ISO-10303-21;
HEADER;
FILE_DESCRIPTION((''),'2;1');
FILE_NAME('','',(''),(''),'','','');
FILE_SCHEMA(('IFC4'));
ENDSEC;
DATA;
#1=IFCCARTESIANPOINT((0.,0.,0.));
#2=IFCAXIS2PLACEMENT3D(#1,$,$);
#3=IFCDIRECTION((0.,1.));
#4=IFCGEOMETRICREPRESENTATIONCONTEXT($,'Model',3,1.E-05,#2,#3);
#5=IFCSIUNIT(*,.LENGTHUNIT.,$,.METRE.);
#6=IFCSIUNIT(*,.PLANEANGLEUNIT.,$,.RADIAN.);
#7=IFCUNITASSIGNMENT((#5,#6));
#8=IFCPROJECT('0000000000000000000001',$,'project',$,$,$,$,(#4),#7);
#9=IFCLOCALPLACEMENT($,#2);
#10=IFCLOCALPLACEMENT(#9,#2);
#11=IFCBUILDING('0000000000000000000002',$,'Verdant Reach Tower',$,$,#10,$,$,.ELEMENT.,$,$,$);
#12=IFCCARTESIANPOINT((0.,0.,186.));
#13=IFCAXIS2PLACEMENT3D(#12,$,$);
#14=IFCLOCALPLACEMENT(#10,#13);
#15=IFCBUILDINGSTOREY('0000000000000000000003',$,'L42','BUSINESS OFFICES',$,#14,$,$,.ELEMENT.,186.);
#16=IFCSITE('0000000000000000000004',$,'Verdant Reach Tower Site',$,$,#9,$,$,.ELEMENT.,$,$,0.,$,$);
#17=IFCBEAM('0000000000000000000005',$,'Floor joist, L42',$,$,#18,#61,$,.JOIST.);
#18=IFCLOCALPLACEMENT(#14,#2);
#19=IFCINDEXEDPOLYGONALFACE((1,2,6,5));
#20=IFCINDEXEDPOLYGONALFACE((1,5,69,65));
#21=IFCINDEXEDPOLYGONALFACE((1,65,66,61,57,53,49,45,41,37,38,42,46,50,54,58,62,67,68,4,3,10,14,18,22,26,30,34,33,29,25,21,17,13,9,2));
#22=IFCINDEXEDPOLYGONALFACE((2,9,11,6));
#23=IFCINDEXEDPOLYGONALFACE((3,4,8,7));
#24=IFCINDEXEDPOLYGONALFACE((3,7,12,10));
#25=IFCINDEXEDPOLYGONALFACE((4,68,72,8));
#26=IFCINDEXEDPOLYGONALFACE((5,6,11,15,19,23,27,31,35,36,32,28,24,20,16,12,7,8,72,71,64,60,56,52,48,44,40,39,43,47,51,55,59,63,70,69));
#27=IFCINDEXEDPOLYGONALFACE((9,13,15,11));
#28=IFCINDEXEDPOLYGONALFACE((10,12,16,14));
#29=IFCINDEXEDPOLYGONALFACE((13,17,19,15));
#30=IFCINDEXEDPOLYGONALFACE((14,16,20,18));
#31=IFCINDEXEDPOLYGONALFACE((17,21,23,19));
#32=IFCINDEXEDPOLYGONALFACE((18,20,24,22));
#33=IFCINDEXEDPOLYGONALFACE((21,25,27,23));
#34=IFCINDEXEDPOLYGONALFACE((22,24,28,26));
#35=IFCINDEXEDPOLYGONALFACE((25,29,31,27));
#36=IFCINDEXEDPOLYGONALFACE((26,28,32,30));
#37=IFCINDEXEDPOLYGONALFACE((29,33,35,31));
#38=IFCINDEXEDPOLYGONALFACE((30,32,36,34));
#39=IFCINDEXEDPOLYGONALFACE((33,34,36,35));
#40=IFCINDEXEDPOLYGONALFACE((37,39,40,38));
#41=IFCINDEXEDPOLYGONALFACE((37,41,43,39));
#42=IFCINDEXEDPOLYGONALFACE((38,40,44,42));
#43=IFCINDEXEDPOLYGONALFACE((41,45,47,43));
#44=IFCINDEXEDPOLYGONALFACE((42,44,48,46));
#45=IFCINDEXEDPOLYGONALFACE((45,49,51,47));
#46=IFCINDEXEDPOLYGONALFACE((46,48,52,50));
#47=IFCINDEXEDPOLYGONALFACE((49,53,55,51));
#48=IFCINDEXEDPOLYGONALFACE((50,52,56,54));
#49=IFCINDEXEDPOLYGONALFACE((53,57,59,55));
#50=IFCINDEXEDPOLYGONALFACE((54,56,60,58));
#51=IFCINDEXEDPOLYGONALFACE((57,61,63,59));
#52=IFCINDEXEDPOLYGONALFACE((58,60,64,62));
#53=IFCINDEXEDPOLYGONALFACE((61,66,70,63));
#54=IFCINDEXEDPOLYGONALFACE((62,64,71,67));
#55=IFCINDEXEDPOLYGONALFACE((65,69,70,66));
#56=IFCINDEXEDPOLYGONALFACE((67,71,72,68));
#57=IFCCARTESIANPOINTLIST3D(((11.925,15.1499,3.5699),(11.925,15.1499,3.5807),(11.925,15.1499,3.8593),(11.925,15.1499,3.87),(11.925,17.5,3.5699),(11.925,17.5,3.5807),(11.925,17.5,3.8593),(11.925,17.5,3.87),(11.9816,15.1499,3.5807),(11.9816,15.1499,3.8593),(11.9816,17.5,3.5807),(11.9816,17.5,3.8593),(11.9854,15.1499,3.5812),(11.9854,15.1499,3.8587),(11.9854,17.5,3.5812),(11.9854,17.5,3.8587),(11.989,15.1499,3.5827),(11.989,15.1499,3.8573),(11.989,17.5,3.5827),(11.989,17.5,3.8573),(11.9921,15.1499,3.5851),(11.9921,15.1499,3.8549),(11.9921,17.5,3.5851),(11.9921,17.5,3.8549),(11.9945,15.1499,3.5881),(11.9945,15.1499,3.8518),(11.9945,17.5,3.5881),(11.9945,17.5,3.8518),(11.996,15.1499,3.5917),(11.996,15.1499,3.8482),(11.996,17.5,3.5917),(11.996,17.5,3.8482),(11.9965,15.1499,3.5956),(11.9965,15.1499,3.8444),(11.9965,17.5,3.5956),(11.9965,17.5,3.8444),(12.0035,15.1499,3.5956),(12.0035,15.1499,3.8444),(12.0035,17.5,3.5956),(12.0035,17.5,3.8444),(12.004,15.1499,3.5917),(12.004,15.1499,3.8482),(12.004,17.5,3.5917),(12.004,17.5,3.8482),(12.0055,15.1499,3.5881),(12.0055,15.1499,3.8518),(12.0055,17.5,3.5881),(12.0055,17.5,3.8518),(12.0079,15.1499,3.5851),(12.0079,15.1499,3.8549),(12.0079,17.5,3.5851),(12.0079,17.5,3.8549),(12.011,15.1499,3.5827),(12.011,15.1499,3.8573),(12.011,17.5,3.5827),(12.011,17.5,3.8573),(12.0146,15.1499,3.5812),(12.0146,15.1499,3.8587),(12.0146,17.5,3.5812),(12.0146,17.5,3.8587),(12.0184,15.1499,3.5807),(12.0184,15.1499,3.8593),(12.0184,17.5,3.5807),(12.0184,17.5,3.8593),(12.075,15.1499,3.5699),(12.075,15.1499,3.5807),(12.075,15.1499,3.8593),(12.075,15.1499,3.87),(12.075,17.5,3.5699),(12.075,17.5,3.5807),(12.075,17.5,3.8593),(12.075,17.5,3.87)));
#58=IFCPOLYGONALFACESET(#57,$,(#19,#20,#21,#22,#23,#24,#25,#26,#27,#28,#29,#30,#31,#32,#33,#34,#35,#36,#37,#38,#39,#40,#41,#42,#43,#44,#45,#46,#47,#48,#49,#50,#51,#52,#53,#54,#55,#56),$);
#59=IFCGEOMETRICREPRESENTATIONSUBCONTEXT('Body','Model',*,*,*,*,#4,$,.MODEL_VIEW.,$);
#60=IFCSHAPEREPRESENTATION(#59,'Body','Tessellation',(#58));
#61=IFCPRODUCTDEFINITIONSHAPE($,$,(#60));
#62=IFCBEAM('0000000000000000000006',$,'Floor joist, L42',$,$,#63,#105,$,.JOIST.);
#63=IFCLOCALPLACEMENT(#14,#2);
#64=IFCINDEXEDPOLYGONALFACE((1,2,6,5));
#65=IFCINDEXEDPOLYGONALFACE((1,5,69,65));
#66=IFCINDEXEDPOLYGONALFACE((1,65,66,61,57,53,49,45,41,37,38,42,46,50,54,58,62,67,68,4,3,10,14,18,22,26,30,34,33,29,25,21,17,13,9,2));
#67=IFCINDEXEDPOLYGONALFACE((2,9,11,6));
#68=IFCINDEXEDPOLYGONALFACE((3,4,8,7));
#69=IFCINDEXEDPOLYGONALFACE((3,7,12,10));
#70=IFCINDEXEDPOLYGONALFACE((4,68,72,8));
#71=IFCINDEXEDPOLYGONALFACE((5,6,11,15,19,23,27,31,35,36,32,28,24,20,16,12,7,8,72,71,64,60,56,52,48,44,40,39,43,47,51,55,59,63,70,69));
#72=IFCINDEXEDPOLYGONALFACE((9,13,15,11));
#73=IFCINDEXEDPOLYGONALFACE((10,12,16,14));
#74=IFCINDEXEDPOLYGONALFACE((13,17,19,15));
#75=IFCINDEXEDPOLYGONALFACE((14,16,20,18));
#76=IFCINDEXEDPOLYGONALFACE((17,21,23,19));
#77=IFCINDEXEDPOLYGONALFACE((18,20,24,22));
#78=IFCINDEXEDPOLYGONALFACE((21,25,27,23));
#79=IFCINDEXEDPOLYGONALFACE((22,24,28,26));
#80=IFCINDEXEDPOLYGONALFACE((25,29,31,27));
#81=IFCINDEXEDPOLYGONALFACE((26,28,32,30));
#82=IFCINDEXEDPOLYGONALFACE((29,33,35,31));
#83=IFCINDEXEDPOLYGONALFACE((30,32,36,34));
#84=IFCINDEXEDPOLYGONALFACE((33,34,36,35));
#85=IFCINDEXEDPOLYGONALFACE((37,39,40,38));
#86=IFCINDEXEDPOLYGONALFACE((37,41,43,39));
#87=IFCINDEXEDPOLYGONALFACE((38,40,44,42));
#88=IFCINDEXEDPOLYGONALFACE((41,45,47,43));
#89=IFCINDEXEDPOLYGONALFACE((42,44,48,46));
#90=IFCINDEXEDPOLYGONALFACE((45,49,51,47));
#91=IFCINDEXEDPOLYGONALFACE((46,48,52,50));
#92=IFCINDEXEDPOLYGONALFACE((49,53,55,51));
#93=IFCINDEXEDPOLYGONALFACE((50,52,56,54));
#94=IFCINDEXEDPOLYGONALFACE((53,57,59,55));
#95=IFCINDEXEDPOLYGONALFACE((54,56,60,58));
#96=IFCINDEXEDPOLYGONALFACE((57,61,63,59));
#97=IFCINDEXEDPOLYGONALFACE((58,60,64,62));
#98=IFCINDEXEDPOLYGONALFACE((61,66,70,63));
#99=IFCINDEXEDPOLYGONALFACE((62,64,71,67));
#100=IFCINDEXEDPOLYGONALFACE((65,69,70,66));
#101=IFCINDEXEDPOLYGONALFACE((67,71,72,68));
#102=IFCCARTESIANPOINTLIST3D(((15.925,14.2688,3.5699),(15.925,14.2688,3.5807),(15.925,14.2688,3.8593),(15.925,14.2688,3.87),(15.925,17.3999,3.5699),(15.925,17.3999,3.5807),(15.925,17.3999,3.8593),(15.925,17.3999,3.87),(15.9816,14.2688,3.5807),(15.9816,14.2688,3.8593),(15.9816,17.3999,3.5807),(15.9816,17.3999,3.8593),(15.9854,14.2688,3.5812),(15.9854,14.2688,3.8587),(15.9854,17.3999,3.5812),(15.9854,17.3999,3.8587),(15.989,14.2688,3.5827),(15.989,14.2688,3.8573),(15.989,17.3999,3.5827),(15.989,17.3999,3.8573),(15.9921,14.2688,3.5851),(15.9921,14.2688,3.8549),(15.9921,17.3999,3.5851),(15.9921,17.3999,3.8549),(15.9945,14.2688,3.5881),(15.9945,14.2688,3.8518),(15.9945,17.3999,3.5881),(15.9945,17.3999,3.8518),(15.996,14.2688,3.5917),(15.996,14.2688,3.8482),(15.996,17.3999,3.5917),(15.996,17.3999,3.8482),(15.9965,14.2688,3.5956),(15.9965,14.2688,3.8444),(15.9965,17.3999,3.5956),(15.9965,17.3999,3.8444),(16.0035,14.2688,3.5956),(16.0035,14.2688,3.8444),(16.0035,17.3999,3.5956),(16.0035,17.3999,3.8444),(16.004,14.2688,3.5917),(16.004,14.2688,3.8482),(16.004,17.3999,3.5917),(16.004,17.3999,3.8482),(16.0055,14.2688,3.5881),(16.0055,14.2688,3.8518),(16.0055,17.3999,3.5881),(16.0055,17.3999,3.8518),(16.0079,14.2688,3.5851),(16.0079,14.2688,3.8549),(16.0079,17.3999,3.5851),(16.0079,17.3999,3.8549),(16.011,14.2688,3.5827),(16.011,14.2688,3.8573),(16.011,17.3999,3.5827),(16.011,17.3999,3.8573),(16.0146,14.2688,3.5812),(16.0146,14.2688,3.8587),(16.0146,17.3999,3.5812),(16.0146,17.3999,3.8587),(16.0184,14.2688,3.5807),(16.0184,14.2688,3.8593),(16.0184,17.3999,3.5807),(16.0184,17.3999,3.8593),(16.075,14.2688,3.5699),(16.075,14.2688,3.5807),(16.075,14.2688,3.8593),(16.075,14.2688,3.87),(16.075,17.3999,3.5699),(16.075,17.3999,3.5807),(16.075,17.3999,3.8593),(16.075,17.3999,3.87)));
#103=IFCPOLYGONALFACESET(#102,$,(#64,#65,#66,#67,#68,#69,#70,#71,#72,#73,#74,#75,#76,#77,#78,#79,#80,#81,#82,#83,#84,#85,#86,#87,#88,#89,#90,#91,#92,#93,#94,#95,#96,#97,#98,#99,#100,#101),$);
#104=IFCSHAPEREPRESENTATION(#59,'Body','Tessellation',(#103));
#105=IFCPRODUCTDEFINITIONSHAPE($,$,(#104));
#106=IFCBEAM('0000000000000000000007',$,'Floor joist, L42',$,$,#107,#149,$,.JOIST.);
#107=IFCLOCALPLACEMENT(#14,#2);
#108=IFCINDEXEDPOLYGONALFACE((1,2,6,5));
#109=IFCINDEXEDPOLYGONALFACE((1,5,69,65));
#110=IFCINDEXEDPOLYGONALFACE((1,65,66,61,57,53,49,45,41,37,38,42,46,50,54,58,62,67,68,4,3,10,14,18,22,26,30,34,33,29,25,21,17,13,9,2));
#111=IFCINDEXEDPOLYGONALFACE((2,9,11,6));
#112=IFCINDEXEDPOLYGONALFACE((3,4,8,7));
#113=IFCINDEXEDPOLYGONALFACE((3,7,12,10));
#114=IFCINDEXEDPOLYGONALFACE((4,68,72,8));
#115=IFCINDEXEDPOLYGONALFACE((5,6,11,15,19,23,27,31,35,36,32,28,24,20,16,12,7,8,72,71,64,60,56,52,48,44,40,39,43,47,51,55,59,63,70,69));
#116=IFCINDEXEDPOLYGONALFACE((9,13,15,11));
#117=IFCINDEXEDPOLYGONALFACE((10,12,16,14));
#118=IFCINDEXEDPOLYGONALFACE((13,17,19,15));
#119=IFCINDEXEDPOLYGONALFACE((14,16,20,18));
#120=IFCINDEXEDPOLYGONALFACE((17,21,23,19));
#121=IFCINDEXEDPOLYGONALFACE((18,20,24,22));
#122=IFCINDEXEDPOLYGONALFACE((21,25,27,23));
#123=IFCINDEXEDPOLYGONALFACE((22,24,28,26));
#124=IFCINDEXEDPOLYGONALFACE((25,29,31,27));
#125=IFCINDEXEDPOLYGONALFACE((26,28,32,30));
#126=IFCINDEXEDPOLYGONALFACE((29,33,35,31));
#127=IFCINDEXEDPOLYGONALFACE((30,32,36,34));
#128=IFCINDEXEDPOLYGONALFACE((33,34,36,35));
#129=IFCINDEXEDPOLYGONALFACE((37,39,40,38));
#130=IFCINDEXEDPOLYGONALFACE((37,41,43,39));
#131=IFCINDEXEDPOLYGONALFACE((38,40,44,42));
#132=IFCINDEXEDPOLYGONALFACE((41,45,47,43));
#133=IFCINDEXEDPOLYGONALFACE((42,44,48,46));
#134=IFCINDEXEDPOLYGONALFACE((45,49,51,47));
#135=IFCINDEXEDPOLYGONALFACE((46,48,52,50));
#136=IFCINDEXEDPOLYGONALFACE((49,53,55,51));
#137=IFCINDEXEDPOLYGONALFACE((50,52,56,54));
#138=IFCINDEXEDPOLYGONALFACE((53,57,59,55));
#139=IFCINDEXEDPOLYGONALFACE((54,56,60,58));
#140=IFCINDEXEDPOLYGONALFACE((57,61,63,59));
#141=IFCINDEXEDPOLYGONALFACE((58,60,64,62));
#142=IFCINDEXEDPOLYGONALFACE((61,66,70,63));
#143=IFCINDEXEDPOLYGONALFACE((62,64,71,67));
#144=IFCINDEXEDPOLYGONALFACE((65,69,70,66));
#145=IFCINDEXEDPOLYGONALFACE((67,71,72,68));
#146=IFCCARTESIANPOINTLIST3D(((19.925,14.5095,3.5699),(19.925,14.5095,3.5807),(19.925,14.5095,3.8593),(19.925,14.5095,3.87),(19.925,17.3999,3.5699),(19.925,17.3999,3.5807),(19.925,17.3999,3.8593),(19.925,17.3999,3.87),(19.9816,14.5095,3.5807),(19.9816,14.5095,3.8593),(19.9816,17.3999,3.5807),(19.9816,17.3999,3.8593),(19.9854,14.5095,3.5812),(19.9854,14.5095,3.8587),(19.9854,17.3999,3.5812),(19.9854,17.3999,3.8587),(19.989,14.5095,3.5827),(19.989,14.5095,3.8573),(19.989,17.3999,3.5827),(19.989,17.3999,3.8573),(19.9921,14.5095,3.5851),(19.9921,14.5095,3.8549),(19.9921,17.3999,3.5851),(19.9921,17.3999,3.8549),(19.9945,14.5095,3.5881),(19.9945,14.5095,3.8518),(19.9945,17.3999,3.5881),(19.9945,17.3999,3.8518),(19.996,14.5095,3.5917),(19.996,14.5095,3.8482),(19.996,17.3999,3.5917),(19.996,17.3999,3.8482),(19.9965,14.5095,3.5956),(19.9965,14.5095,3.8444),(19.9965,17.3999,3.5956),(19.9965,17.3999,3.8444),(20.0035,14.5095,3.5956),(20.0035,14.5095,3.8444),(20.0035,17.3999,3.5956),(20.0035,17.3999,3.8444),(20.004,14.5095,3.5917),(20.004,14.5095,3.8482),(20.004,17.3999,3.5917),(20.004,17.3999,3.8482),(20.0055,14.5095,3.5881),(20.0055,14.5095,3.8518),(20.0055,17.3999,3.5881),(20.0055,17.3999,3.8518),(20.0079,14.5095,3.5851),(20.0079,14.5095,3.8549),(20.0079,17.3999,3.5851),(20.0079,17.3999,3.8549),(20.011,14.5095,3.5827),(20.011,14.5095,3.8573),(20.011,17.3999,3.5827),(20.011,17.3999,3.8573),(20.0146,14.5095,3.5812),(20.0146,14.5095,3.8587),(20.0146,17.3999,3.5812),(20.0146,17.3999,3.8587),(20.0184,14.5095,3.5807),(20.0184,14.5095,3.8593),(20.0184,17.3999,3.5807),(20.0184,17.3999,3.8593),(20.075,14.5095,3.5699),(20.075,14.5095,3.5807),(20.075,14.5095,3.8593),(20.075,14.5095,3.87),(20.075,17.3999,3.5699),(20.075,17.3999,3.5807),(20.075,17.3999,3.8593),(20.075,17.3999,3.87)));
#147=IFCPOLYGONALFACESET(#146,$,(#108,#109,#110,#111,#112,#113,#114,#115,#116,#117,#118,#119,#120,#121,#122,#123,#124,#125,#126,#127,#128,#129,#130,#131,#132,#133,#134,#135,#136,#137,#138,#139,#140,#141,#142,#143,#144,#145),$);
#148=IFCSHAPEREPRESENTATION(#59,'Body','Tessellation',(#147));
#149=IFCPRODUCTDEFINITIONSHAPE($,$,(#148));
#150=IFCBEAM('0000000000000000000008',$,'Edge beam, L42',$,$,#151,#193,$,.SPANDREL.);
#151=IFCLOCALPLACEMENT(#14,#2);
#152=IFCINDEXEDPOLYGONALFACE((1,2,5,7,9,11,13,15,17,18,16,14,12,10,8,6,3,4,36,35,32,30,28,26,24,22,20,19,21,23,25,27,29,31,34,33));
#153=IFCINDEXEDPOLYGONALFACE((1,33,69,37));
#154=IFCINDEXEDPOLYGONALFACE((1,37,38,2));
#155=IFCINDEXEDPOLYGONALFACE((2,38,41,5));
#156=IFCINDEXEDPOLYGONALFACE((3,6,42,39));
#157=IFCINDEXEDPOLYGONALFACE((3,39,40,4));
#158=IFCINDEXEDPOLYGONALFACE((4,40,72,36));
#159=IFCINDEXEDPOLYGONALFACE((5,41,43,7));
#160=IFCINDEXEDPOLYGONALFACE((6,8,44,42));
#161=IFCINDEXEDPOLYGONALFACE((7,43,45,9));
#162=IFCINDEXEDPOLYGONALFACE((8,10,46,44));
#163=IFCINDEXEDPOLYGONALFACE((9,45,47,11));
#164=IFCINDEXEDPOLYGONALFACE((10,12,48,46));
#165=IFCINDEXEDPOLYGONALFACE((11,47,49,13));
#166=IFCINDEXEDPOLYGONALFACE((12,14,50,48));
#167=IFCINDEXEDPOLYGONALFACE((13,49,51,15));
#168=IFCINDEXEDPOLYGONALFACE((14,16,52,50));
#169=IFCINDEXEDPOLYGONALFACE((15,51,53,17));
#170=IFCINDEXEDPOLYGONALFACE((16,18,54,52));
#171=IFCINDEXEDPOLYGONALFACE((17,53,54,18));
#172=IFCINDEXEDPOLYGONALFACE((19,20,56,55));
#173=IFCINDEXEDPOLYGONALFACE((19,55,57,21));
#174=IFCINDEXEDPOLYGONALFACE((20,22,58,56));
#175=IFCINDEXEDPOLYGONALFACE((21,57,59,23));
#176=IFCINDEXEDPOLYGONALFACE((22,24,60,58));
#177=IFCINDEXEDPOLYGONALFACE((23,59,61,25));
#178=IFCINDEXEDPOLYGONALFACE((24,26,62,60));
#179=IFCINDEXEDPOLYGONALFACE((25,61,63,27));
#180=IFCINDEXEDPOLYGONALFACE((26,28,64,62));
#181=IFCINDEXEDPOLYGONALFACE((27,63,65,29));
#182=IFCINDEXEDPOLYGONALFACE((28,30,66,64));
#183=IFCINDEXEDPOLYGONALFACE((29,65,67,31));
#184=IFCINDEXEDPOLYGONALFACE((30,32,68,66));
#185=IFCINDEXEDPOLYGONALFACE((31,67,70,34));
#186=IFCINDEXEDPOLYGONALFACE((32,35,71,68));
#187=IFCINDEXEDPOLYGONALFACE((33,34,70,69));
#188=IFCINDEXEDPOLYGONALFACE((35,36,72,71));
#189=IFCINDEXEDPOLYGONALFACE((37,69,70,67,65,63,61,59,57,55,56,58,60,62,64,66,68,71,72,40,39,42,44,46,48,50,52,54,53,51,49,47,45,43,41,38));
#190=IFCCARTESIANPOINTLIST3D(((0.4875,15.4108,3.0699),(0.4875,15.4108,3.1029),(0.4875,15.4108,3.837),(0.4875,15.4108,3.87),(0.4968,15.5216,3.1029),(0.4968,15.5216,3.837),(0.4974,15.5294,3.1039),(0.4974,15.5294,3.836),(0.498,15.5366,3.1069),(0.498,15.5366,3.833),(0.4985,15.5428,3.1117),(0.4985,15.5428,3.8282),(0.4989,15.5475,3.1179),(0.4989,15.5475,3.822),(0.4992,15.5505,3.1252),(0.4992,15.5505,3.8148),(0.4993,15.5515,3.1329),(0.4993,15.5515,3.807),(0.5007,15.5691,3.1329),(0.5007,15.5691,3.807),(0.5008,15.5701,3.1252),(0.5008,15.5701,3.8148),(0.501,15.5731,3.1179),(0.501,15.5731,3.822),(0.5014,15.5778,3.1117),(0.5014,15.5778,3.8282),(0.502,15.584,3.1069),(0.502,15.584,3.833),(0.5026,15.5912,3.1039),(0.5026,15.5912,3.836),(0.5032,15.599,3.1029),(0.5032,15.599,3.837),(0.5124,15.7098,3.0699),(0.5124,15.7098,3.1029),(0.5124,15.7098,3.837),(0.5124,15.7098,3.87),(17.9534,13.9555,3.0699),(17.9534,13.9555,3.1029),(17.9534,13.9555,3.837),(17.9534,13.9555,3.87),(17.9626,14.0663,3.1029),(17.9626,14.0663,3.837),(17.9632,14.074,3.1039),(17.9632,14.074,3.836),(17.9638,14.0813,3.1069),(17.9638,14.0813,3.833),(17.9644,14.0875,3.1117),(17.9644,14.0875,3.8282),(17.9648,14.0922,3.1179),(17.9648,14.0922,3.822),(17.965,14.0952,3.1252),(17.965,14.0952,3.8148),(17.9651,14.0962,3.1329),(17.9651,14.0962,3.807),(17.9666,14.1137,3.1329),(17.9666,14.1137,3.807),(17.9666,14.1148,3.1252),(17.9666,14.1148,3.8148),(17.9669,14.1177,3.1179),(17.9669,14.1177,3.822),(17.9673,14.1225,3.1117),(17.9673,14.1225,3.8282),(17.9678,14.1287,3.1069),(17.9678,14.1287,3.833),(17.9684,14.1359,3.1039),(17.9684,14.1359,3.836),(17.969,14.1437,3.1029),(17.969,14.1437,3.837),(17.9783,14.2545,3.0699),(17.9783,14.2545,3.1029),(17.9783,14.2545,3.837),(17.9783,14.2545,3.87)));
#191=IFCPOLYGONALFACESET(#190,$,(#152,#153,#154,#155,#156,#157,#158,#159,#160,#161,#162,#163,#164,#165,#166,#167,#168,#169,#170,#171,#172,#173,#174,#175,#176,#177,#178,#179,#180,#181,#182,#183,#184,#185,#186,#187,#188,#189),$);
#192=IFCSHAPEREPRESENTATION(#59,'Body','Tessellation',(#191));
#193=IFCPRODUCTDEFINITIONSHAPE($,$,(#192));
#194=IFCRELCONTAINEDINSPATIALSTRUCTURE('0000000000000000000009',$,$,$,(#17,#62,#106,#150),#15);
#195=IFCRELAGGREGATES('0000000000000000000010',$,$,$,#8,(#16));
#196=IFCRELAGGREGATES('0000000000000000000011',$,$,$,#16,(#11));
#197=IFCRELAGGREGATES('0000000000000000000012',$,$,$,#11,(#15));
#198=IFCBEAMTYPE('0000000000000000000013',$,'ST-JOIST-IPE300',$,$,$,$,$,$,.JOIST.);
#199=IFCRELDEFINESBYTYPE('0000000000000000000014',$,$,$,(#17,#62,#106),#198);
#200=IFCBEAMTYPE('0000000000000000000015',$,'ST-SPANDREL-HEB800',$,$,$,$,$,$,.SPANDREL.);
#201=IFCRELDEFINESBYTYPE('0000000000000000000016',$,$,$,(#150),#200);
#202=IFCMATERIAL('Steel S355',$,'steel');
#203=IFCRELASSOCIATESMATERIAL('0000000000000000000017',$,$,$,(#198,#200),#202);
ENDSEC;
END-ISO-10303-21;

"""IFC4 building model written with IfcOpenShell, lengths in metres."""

from ifc_helpers import new_model, si_unit, direction, frame, origin, origin_2d, place, context, subcontext, project, spatial, i_section, extrude, material, material_profile, profile_set, type_object, element, save


model = new_model("IFC4")

# Units and contexts
model_context = context("Model", 3, precision=1e-05, world=origin(), true_north=direction((0.0, 1.0)))
body_context = subcontext(model_context, "Body", "Model", "MODEL_VIEW")
ifc_project = project(units=[si_unit("LENGTHUNIT", "METRE"), si_unit("PLANEANGLEUNIT", "RADIAN")], contexts=[model_context])

# Site, building, storey
site_placement = place(None, origin())
site = spatial("IfcSite", under=ifc_project, at=site_placement, Name="Verdant Reach Tower Site", CompositionType="ELEMENT", RefElevation=0.0)
building_placement = place(site_placement, origin())
building = spatial("IfcBuilding", under=site, at=building_placement, Name="Verdant Reach Tower", CompositionType="ELEMENT")
storey_placement = place(building_placement, frame((0.0, 0.0, 186.0)))
storey = spatial("IfcBuildingStorey", under=building, at=storey_placement, Name="L42", Description="BUSINESS OFFICES", CompositionType="ELEMENT", Elevation=186.0)

# Beams
ifc_material_1 = material(Name="Steel S355", Category="steel")
ifc_material_profile_1 = material_profile(ifc_material_1, i_section(OverallWidth=0.1499, OverallDepth=0.3, WebThickness=0.0071, FlangeThickness=0.0107, FilletRadius=0.0149, at=origin_2d()), Name="IPE 300")
ifc_profile_set_1 = profile_set([ifc_material_profile_1], Name="Steel S355")
beam_type_1 = type_object("IfcBeamType", Name="ST-JOIST-IPE300", PredefinedType="JOIST", material=ifc_profile_set_1)
beam_1_placement = place(storey_placement, frame((12.0, 17.5, 3.72), z_axis=(0.0, -1.0, 0.0), x_axis=(1.0, 0.0, 0.0)))
element("IfcBeam", 1, at=beam_1_placement, inside=storey, type_object=beam_type_1, Name="Floor joist, L42", PredefinedType="JOIST", context=body_context, shape_type="SweptSolid", body=[
    extrude(i_section(OverallWidth=0.1499, OverallDepth=0.3, WebThickness=0.0071, FlangeThickness=0.0107, FilletRadius=0.0149, at=origin_2d()), origin(), (0.0, 0.0, 1.0), 2.3501),
])
beam_2_placement = place(storey_placement, frame((16.0, 17.3999, 3.72), z_axis=(0.0, -1.0, 0.0), x_axis=(1.0, 0.0, 0.0)))
element("IfcBeam", 2, at=beam_2_placement, inside=storey, type_object=beam_type_1, Name="Floor joist, L42", PredefinedType="JOIST", context=body_context, shape_type="SweptSolid", body=[
    extrude(i_section(OverallWidth=0.1499, OverallDepth=0.3, WebThickness=0.0071, FlangeThickness=0.0107, FilletRadius=0.0149, at=origin_2d()), origin(), (0.0, 0.0, 1.0), 3.1311),
])
beam_3_placement = place(storey_placement, frame((20.0, 17.3999, 3.72), z_axis=(0.0, -1.0, 0.0), x_axis=(1.0, 0.0, 0.0)))
element("IfcBeam", 3, at=beam_3_placement, inside=storey, type_object=beam_type_1, Name="Floor joist, L42", PredefinedType="JOIST", context=body_context, shape_type="SweptSolid", body=[
    extrude(i_section(OverallWidth=0.1499, OverallDepth=0.3, WebThickness=0.0071, FlangeThickness=0.0107, FilletRadius=0.0149, at=origin_2d()), origin(), (0.0, 0.0, 1.0), 2.8904),
])
ifc_material_profile_2 = material_profile(ifc_material_1, i_section(OverallWidth=0.3, OverallDepth=0.8, WebThickness=0.0176, FlangeThickness=0.033, FilletRadius=0.03, at=origin_2d()), Name="HEB 800")
ifc_profile_set_2 = profile_set([ifc_material_profile_2], Name="Steel S355")
beam_type_2 = type_object("IfcBeamType", Name="ST-SPANDREL-HEB800", PredefinedType="SPANDREL", material=ifc_profile_set_2)
for number, where, z_axis, x_axis, name in (
    (4, (17.9658, 14.105, 3.47), (-0.996547, 0.083036, 0.0), (-0.083036, -0.996547, 0.0), "Edge beam, L42"),
):
    element("IfcBeam", number, at=place(storey_placement, frame(where, z_axis=z_axis, x_axis=x_axis)), inside=storey, type_object=beam_type_2, Name=name, PredefinedType="SPANDREL", context=body_context, shape_type="SweptSolid", body=[
        extrude(i_section(OverallWidth=0.3, OverallDepth=0.8, WebThickness=0.0176, FlangeThickness=0.033, FilletRadius=0.03, at=origin_2d()), origin(), (0.0, 0.0, 1.0), 17.5264),
    ])

save(model, "model.ifc")
